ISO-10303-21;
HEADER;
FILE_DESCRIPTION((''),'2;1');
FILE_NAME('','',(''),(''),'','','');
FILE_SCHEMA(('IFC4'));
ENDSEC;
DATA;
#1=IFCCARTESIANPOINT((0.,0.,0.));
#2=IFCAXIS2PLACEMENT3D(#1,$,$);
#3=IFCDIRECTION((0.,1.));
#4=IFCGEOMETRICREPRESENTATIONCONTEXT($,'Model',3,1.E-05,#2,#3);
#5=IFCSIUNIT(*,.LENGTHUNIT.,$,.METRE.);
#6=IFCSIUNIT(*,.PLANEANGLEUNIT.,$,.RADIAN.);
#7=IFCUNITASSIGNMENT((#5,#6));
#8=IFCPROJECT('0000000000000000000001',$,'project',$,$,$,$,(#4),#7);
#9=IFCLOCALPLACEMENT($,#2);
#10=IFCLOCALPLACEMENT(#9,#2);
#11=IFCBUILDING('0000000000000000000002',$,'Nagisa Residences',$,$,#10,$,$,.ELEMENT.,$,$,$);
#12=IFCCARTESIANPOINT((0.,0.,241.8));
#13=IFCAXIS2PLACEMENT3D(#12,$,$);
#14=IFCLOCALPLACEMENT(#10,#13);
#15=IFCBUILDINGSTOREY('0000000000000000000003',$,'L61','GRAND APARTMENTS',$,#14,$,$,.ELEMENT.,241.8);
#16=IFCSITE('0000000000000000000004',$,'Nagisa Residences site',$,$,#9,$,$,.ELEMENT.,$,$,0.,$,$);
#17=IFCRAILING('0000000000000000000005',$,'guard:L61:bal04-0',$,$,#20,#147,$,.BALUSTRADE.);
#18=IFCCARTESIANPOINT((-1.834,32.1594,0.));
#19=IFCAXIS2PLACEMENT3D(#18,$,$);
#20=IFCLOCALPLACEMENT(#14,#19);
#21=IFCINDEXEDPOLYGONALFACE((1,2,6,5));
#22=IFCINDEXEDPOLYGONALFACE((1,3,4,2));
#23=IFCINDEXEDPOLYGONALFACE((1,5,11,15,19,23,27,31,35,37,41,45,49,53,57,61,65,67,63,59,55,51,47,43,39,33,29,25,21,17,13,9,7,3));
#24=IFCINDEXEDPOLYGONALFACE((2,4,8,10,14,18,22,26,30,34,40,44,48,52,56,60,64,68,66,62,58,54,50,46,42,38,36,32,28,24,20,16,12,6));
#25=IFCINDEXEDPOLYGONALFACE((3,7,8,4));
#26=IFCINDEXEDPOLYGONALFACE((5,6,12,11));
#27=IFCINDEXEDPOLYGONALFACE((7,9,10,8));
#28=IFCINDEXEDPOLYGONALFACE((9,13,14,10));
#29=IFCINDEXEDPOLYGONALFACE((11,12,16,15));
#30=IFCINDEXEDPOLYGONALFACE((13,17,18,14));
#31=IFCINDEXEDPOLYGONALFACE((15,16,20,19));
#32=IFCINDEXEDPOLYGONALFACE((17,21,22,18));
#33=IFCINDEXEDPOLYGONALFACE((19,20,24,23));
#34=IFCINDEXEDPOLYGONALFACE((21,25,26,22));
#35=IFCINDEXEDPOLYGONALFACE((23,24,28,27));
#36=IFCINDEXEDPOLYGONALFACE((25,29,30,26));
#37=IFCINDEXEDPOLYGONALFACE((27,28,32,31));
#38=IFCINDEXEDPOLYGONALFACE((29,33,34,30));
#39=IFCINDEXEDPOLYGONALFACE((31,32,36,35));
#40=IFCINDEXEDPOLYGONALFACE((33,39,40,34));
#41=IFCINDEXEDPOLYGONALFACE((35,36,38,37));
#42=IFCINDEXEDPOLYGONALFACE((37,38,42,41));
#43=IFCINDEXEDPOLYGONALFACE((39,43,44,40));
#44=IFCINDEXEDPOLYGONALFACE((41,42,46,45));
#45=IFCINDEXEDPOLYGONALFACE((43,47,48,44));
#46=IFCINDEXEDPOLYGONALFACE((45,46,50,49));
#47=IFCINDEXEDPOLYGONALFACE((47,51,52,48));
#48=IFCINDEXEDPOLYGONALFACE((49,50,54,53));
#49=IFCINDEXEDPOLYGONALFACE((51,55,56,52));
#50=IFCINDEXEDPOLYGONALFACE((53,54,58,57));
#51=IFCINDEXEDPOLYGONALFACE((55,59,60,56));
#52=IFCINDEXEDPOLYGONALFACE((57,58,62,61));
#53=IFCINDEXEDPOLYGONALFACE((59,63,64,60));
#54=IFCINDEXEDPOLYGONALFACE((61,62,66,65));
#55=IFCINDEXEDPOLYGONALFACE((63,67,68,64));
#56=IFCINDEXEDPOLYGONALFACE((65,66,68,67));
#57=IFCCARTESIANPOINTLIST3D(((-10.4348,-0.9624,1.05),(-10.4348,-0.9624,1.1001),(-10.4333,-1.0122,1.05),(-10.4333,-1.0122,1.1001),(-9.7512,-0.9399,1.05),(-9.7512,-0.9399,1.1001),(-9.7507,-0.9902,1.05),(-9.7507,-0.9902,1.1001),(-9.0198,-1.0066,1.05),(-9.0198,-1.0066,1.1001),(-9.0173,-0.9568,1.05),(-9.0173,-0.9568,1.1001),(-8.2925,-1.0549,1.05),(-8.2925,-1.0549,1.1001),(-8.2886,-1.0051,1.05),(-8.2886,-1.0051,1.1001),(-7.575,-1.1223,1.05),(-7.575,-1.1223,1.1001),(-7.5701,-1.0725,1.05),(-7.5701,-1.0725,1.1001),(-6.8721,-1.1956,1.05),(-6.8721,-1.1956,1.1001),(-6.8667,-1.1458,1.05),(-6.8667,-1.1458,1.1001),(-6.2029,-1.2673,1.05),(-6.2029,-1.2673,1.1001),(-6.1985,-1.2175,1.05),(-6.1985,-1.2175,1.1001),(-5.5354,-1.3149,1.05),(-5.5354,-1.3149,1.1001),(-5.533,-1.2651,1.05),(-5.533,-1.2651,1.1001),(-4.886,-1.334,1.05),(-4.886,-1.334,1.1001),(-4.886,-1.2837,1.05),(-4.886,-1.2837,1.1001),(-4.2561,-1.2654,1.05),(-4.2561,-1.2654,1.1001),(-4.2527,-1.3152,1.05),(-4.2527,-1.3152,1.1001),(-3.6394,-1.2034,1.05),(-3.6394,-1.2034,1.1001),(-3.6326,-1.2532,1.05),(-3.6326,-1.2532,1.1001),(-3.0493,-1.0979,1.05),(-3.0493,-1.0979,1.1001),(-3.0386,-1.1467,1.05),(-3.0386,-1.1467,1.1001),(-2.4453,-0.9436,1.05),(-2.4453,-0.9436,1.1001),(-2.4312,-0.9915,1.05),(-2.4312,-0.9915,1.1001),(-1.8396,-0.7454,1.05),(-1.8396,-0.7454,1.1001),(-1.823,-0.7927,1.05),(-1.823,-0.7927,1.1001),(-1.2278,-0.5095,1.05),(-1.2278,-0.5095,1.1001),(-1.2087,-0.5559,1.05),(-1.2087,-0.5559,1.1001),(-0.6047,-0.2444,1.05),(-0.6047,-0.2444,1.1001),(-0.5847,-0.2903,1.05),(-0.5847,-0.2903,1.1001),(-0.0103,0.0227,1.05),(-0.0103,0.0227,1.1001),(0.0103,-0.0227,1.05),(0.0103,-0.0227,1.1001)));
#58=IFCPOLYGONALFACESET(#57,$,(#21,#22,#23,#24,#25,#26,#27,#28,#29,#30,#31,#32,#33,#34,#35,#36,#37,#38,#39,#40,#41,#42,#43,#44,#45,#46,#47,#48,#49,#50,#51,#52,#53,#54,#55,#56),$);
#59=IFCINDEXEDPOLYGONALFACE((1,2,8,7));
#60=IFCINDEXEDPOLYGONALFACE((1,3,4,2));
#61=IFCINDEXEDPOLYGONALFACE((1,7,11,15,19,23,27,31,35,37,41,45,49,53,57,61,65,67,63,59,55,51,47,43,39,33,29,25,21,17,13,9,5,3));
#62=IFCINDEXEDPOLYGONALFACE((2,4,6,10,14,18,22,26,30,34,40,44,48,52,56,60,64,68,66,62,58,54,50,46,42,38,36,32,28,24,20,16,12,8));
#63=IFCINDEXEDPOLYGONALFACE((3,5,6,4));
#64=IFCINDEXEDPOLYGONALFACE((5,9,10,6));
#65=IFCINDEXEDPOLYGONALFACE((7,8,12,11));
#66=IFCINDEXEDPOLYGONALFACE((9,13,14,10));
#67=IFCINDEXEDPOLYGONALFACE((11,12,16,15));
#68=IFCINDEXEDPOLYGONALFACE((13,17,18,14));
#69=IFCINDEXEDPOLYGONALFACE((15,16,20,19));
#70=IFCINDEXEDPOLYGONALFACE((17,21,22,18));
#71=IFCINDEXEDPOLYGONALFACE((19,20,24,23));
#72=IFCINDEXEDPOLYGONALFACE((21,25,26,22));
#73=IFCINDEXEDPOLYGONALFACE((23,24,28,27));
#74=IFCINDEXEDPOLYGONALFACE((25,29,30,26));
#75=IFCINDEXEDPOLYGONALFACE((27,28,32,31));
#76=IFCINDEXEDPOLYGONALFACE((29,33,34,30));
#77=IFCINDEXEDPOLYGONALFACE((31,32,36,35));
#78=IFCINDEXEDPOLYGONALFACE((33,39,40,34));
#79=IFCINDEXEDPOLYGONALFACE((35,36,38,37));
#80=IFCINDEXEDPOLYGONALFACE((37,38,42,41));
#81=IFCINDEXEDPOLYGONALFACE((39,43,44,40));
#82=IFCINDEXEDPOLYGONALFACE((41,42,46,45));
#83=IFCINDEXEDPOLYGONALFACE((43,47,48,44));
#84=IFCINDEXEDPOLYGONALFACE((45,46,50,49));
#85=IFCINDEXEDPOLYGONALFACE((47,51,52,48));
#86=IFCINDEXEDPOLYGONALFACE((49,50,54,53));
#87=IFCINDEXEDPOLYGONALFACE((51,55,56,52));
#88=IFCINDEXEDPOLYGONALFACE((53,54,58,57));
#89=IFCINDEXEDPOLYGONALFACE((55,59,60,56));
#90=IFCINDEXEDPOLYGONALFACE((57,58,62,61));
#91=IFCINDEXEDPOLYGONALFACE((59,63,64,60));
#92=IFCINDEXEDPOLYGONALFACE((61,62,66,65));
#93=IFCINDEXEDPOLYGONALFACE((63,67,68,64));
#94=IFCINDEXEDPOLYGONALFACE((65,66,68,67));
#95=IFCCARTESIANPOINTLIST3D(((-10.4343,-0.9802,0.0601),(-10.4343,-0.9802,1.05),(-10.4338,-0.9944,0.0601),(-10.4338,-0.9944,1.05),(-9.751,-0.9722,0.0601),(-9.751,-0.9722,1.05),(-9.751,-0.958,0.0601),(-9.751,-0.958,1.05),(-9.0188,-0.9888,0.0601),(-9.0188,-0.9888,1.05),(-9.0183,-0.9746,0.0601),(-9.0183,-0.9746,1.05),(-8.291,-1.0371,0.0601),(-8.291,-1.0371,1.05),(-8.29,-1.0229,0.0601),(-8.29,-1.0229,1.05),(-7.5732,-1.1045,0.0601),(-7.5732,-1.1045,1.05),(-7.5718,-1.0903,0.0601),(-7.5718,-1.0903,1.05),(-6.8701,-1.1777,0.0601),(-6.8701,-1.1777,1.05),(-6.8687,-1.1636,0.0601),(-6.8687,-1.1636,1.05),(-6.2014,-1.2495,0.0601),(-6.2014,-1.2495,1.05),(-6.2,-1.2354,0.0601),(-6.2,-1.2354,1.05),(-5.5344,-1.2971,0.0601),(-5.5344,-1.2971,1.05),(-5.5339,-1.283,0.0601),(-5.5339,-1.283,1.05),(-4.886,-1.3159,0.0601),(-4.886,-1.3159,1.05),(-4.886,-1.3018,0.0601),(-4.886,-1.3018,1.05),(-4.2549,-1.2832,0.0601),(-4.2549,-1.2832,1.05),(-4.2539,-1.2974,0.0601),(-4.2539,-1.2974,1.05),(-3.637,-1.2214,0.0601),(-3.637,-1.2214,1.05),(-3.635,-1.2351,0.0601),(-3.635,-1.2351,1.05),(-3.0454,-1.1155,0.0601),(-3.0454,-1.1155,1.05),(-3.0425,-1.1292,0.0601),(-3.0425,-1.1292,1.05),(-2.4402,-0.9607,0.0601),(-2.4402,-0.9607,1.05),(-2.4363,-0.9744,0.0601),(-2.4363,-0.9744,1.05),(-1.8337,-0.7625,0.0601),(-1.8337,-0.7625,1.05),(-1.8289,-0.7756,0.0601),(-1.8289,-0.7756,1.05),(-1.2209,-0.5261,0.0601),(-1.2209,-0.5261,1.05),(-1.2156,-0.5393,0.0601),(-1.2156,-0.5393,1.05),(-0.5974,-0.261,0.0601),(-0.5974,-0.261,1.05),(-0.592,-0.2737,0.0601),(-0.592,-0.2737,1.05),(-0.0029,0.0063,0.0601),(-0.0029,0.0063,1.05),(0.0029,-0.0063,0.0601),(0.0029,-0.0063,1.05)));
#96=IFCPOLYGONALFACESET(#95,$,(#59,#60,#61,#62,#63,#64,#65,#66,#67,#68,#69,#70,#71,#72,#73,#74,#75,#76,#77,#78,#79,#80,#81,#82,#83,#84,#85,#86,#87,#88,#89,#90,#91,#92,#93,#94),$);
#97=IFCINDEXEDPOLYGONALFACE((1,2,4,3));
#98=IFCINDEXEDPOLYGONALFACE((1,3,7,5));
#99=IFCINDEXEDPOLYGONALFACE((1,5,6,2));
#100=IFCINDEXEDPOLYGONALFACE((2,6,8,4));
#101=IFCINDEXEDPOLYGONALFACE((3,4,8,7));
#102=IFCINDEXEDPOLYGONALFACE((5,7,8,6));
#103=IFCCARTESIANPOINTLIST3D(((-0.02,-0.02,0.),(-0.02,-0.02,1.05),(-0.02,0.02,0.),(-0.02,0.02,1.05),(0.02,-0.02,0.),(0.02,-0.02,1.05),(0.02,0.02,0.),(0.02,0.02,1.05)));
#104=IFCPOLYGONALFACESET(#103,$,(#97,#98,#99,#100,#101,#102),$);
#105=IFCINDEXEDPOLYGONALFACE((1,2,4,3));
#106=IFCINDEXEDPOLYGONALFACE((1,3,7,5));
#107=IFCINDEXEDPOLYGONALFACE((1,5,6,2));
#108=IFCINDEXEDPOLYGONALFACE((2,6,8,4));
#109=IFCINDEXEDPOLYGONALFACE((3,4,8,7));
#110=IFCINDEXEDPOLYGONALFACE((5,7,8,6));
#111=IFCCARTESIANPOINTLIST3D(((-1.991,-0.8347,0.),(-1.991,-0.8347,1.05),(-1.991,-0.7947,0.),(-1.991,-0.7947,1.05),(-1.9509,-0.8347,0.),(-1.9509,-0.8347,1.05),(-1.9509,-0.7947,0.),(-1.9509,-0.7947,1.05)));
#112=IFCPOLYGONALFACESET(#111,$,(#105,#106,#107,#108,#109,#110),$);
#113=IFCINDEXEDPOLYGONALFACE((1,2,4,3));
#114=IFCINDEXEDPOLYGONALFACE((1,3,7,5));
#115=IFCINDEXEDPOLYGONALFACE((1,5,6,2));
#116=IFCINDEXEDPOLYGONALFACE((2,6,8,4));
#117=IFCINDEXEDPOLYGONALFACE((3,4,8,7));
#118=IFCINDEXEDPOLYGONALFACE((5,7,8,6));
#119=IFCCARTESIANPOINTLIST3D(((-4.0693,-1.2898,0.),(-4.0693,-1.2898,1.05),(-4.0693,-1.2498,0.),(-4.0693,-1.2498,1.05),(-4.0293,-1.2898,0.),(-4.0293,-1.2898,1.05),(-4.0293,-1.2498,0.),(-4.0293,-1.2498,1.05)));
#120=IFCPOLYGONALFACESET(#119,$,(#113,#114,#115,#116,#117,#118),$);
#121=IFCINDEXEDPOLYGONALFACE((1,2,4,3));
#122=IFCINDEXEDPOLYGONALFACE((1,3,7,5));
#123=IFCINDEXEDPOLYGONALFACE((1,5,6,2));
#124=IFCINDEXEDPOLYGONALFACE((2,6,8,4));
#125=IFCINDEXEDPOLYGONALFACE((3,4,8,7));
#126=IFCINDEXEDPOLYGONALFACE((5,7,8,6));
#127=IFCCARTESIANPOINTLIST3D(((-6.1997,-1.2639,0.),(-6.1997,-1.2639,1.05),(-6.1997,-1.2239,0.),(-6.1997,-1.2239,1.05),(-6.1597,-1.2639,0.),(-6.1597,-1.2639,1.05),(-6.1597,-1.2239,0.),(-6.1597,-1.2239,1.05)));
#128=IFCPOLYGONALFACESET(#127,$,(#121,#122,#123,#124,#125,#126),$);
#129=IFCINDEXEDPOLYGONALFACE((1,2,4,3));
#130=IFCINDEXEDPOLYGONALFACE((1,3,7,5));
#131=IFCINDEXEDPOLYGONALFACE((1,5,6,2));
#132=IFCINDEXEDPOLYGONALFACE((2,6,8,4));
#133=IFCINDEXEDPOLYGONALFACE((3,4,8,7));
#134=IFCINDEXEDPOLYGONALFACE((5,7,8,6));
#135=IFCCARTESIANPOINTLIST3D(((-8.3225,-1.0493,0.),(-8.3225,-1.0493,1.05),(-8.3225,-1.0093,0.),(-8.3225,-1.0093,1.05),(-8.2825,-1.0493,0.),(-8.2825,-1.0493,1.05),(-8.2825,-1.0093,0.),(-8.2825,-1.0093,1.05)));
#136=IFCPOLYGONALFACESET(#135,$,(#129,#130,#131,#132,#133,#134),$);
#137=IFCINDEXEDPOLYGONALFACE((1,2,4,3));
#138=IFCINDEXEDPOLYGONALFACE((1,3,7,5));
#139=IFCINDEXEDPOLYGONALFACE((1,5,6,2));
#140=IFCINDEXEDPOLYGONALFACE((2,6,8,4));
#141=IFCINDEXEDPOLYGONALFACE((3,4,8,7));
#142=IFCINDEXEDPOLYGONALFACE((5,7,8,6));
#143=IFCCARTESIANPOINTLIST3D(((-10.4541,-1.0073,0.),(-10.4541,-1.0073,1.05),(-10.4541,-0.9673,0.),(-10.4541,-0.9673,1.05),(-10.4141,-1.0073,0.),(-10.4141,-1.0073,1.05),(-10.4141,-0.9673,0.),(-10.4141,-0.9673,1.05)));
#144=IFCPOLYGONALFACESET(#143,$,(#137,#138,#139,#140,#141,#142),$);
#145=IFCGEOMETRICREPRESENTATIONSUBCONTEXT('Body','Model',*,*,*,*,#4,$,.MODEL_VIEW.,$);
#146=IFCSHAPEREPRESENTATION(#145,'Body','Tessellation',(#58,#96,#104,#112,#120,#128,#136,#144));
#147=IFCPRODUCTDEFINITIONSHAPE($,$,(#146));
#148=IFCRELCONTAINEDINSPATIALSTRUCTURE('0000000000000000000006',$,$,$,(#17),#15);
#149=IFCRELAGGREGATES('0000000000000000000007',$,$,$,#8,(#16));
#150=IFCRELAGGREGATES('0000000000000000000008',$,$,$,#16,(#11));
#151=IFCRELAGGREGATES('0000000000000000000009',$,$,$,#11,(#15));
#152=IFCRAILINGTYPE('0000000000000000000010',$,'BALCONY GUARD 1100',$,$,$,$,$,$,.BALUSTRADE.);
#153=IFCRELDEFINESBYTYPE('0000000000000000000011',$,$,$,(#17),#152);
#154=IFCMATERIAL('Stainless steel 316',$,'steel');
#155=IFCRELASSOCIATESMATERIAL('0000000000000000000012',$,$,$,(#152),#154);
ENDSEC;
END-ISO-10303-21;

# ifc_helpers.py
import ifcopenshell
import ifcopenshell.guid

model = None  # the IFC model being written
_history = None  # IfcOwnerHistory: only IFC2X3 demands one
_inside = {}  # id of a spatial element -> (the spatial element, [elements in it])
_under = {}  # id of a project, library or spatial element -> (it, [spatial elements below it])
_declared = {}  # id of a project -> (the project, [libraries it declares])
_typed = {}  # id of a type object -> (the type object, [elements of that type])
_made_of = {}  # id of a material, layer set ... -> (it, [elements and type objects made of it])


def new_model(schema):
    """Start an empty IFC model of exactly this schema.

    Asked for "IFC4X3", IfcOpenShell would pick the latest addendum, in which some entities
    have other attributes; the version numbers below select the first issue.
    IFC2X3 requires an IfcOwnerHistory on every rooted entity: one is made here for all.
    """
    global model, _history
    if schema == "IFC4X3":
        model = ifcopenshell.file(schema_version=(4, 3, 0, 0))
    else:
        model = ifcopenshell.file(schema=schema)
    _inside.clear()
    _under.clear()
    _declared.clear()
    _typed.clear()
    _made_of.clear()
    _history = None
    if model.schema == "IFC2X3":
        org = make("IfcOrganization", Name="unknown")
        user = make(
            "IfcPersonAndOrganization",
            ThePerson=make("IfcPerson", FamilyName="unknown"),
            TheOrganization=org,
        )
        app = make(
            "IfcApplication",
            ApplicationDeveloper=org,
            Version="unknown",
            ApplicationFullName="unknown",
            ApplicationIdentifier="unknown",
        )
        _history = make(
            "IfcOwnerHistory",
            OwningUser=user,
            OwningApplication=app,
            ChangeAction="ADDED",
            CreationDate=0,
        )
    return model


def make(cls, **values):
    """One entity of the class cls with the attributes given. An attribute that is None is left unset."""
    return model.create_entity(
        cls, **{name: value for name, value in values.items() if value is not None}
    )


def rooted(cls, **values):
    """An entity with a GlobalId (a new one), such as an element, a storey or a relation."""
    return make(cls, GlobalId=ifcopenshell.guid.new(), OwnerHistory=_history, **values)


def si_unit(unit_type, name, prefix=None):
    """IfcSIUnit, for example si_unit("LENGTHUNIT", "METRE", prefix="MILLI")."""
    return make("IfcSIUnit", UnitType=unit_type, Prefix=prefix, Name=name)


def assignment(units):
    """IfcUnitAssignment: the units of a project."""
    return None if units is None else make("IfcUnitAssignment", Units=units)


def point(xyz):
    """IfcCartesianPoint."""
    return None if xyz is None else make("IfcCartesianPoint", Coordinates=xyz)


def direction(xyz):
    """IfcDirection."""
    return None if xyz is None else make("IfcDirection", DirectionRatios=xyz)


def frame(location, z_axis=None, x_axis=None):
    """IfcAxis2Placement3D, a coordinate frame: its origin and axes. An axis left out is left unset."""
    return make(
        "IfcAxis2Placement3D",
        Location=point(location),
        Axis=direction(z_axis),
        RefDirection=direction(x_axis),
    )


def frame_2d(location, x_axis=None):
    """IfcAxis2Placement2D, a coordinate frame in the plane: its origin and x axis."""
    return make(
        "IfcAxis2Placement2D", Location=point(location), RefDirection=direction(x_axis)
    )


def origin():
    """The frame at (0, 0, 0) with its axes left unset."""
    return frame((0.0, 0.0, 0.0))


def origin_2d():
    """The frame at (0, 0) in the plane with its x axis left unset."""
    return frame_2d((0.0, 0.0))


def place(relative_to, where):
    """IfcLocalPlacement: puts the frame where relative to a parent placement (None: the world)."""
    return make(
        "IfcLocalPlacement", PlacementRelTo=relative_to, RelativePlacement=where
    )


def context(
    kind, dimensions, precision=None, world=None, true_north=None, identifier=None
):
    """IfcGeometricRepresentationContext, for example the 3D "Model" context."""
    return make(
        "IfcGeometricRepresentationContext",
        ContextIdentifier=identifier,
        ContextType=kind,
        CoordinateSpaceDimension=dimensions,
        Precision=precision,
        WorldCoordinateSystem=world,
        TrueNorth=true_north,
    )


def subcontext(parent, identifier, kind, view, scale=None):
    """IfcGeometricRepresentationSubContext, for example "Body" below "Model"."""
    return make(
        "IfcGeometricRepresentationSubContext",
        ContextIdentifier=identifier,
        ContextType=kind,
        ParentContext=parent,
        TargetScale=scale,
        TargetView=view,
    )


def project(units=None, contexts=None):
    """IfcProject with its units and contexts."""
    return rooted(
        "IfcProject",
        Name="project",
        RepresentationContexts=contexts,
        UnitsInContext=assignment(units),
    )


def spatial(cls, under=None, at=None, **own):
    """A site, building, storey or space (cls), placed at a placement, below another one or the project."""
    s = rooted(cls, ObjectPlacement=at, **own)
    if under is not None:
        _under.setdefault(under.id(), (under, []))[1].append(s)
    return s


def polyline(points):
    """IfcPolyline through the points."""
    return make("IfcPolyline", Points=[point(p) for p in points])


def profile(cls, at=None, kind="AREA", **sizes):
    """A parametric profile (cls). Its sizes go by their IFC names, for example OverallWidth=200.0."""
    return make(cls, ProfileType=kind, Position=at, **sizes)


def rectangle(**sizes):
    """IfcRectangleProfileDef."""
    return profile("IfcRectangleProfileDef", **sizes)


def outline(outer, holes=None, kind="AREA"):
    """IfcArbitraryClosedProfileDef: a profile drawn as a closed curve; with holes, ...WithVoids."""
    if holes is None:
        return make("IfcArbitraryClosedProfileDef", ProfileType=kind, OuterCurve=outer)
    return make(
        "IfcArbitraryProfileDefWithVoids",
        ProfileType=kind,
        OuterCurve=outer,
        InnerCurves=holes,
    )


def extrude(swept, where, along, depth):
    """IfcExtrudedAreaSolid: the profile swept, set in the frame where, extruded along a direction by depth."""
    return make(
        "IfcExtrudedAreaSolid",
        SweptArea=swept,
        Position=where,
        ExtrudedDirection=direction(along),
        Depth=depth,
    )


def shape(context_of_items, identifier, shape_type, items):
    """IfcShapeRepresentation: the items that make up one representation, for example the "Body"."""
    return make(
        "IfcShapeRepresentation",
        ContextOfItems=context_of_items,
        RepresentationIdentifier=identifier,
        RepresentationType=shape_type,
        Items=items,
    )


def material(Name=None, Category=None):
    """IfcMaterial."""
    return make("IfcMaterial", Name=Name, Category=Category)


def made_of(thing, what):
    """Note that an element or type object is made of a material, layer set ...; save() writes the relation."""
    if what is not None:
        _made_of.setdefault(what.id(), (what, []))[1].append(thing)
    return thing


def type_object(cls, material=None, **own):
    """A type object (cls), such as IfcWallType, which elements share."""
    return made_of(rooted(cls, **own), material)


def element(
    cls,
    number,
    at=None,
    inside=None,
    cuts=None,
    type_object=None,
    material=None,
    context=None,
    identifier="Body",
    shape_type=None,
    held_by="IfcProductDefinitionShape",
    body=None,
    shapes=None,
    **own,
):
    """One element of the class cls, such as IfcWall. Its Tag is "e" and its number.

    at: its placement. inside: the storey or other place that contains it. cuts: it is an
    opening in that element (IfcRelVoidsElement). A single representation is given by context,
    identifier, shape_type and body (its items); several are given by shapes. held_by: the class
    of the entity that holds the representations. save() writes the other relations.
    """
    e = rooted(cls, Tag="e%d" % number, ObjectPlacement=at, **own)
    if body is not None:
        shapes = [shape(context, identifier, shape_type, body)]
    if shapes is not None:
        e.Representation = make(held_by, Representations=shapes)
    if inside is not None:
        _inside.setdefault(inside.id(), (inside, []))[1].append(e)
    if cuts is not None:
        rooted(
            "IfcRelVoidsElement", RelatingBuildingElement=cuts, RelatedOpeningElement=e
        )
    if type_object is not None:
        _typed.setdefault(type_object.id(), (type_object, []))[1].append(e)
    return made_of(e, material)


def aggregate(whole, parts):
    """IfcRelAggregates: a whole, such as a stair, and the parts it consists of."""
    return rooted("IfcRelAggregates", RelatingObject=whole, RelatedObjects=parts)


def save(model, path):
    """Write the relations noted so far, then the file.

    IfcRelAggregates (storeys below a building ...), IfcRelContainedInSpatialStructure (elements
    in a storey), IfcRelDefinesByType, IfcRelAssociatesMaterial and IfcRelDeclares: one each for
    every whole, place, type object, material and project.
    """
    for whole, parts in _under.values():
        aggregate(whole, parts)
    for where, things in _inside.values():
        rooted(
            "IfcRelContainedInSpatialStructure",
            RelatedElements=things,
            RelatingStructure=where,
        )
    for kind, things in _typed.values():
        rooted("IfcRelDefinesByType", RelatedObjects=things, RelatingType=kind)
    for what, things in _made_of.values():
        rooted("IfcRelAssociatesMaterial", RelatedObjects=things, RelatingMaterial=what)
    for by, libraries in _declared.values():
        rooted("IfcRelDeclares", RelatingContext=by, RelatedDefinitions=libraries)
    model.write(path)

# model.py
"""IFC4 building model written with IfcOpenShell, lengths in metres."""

from ifc_helpers import new_model, si_unit, direction, frame, origin, origin_2d, place, context, subcontext, project, spatial, polyline, rectangle, outline, extrude, material, type_object, element, save


model = new_model("IFC4")

# Units and contexts
model_context = context("Model", 3, precision=1e-05, world=origin(), true_north=direction((0.0, 1.0)))
body_context = subcontext(model_context, "Body", "Model", "MODEL_VIEW")
ifc_project = project(units=[si_unit("LENGTHUNIT", "METRE"), si_unit("PLANEANGLEUNIT", "RADIAN")], contexts=[model_context])

# Site, building, storey
site_placement = place(None, origin())
site = spatial("IfcSite", under=ifc_project, at=site_placement, Name="Nagisa Residences site", CompositionType="ELEMENT", RefElevation=0.0)
building_placement = place(site_placement, origin())
building = spatial("IfcBuilding", under=site, at=building_placement, Name="Nagisa Residences", CompositionType="ELEMENT")
storey_placement = place(building_placement, frame((0.0, 0.0, 241.8)))
storey = spatial("IfcBuildingStorey", under=building, at=storey_placement, Name="L61", Description="GRAND APARTMENTS", CompositionType="ELEMENT", Elevation=241.8)

# Railing
ifc_material_1 = material(Name="Stainless steel 316", Category="steel")
railing_type = type_object("IfcRailingType", Name="BALCONY GUARD 1100", PredefinedType="BALUSTRADE", material=ifc_material_1)
railing_placement = place(storey_placement, frame((-1.834, 32.1594, 0.0)))
element("IfcRailing", 1, at=railing_placement, inside=storey, type_object=railing_type, Name="guard:L61:bal04-0", PredefinedType="BALUSTRADE", context=body_context, shape_type="SweptSolid", body=[
    extrude(outline(polyline([(-0.5847, -0.2903), (0.0103, -0.0227), (-0.0103, 0.0227), (-0.6047, -0.2444), (-1.2278, -0.5095), (-1.8396, -0.7454), (-2.4453, -0.9436), (-3.0493, -1.0979), (-3.6394, -1.2034), (-4.2561, -1.2654), (-4.886, -1.2837), (-5.533, -1.2651), (-6.1985, -1.2175), (-6.8667, -1.1458), (-7.5701, -1.0725), (-8.2886, -1.0051), (-9.0173, -0.9568), (-9.7512, -0.9399), (-10.4348, -0.9624), (-10.4333, -1.0122), (-9.7507, -0.9902), (-9.0198, -1.0066), (-8.2925, -1.0549), (-7.575, -1.1223), (-6.8721, -1.1956), (-6.2029, -1.2673), (-5.5354, -1.3149), (-4.886, -1.334), (-4.2527, -1.3152), (-3.6326, -1.2532), (-3.0386, -1.1467), (-2.4312, -0.9915), (-1.823, -0.7927), (-1.2087, -0.5559), (-0.5847, -0.2903)])), frame((0.0, 0.0, 1.05)), (0.0, 0.0, 1.0), 0.05),
    extrude(outline(polyline([(-0.592, -0.2737), (0.0029, -0.0063), (-0.0029, 0.0063), (-0.5974, -0.261), (-1.2209, -0.5261), (-1.8337, -0.7625), (-2.4402, -0.9607), (-3.0454, -1.1155), (-3.637, -1.2214), (-4.2549, -1.2832), (-4.886, -1.3018), (-5.5339, -1.283), (-6.2, -1.2354), (-6.8687, -1.1636), (-7.5718, -1.0903), (-8.29, -1.0229), (-9.0183, -0.9746), (-9.751, -0.958), (-10.4343, -0.9802), (-10.4338, -0.9944), (-9.751, -0.9722), (-9.0188, -0.9888), (-8.291, -1.0371), (-7.5732, -1.1045), (-6.8701, -1.1777), (-6.2014, -1.2495), (-5.5344, -1.2971), (-4.886, -1.3159), (-4.2539, -1.2974), (-3.635, -1.2351), (-3.0425, -1.1292), (-2.4363, -0.9744), (-1.8289, -0.7756), (-1.2156, -0.5393), (-0.592, -0.2737)])), frame((0.0, 0.0, 0.0601)), (0.0, 0.0, 1.0), 0.99),
    extrude(rectangle(XDim=0.04, YDim=0.04, at=origin_2d()), origin(), (0.0, 0.0, 1.0), 1.05),
    extrude(rectangle(XDim=0.04, YDim=0.04, at=origin_2d()), frame((-1.9709, -0.8147, 0.0)), (0.0, 0.0, 1.0), 1.05),
    extrude(rectangle(XDim=0.04, YDim=0.04, at=origin_2d()), frame((-4.0493, -1.2698, 0.0)), (0.0, 0.0, 1.0), 1.05),
    extrude(rectangle(XDim=0.04, YDim=0.04, at=origin_2d()), frame((-6.1797, -1.2439, 0.0)), (0.0, 0.0, 1.0), 1.05),
    extrude(rectangle(XDim=0.04, YDim=0.04, at=origin_2d()), frame((-8.3025, -1.0293, 0.0)), (0.0, 0.0, 1.0), 1.05),
    extrude(rectangle(XDim=0.04, YDim=0.04, at=origin_2d()), frame((-10.4341, -0.9873, 0.0)), (0.0, 0.0, 1.0), 1.05),
])

save(model, "model.ifc")
